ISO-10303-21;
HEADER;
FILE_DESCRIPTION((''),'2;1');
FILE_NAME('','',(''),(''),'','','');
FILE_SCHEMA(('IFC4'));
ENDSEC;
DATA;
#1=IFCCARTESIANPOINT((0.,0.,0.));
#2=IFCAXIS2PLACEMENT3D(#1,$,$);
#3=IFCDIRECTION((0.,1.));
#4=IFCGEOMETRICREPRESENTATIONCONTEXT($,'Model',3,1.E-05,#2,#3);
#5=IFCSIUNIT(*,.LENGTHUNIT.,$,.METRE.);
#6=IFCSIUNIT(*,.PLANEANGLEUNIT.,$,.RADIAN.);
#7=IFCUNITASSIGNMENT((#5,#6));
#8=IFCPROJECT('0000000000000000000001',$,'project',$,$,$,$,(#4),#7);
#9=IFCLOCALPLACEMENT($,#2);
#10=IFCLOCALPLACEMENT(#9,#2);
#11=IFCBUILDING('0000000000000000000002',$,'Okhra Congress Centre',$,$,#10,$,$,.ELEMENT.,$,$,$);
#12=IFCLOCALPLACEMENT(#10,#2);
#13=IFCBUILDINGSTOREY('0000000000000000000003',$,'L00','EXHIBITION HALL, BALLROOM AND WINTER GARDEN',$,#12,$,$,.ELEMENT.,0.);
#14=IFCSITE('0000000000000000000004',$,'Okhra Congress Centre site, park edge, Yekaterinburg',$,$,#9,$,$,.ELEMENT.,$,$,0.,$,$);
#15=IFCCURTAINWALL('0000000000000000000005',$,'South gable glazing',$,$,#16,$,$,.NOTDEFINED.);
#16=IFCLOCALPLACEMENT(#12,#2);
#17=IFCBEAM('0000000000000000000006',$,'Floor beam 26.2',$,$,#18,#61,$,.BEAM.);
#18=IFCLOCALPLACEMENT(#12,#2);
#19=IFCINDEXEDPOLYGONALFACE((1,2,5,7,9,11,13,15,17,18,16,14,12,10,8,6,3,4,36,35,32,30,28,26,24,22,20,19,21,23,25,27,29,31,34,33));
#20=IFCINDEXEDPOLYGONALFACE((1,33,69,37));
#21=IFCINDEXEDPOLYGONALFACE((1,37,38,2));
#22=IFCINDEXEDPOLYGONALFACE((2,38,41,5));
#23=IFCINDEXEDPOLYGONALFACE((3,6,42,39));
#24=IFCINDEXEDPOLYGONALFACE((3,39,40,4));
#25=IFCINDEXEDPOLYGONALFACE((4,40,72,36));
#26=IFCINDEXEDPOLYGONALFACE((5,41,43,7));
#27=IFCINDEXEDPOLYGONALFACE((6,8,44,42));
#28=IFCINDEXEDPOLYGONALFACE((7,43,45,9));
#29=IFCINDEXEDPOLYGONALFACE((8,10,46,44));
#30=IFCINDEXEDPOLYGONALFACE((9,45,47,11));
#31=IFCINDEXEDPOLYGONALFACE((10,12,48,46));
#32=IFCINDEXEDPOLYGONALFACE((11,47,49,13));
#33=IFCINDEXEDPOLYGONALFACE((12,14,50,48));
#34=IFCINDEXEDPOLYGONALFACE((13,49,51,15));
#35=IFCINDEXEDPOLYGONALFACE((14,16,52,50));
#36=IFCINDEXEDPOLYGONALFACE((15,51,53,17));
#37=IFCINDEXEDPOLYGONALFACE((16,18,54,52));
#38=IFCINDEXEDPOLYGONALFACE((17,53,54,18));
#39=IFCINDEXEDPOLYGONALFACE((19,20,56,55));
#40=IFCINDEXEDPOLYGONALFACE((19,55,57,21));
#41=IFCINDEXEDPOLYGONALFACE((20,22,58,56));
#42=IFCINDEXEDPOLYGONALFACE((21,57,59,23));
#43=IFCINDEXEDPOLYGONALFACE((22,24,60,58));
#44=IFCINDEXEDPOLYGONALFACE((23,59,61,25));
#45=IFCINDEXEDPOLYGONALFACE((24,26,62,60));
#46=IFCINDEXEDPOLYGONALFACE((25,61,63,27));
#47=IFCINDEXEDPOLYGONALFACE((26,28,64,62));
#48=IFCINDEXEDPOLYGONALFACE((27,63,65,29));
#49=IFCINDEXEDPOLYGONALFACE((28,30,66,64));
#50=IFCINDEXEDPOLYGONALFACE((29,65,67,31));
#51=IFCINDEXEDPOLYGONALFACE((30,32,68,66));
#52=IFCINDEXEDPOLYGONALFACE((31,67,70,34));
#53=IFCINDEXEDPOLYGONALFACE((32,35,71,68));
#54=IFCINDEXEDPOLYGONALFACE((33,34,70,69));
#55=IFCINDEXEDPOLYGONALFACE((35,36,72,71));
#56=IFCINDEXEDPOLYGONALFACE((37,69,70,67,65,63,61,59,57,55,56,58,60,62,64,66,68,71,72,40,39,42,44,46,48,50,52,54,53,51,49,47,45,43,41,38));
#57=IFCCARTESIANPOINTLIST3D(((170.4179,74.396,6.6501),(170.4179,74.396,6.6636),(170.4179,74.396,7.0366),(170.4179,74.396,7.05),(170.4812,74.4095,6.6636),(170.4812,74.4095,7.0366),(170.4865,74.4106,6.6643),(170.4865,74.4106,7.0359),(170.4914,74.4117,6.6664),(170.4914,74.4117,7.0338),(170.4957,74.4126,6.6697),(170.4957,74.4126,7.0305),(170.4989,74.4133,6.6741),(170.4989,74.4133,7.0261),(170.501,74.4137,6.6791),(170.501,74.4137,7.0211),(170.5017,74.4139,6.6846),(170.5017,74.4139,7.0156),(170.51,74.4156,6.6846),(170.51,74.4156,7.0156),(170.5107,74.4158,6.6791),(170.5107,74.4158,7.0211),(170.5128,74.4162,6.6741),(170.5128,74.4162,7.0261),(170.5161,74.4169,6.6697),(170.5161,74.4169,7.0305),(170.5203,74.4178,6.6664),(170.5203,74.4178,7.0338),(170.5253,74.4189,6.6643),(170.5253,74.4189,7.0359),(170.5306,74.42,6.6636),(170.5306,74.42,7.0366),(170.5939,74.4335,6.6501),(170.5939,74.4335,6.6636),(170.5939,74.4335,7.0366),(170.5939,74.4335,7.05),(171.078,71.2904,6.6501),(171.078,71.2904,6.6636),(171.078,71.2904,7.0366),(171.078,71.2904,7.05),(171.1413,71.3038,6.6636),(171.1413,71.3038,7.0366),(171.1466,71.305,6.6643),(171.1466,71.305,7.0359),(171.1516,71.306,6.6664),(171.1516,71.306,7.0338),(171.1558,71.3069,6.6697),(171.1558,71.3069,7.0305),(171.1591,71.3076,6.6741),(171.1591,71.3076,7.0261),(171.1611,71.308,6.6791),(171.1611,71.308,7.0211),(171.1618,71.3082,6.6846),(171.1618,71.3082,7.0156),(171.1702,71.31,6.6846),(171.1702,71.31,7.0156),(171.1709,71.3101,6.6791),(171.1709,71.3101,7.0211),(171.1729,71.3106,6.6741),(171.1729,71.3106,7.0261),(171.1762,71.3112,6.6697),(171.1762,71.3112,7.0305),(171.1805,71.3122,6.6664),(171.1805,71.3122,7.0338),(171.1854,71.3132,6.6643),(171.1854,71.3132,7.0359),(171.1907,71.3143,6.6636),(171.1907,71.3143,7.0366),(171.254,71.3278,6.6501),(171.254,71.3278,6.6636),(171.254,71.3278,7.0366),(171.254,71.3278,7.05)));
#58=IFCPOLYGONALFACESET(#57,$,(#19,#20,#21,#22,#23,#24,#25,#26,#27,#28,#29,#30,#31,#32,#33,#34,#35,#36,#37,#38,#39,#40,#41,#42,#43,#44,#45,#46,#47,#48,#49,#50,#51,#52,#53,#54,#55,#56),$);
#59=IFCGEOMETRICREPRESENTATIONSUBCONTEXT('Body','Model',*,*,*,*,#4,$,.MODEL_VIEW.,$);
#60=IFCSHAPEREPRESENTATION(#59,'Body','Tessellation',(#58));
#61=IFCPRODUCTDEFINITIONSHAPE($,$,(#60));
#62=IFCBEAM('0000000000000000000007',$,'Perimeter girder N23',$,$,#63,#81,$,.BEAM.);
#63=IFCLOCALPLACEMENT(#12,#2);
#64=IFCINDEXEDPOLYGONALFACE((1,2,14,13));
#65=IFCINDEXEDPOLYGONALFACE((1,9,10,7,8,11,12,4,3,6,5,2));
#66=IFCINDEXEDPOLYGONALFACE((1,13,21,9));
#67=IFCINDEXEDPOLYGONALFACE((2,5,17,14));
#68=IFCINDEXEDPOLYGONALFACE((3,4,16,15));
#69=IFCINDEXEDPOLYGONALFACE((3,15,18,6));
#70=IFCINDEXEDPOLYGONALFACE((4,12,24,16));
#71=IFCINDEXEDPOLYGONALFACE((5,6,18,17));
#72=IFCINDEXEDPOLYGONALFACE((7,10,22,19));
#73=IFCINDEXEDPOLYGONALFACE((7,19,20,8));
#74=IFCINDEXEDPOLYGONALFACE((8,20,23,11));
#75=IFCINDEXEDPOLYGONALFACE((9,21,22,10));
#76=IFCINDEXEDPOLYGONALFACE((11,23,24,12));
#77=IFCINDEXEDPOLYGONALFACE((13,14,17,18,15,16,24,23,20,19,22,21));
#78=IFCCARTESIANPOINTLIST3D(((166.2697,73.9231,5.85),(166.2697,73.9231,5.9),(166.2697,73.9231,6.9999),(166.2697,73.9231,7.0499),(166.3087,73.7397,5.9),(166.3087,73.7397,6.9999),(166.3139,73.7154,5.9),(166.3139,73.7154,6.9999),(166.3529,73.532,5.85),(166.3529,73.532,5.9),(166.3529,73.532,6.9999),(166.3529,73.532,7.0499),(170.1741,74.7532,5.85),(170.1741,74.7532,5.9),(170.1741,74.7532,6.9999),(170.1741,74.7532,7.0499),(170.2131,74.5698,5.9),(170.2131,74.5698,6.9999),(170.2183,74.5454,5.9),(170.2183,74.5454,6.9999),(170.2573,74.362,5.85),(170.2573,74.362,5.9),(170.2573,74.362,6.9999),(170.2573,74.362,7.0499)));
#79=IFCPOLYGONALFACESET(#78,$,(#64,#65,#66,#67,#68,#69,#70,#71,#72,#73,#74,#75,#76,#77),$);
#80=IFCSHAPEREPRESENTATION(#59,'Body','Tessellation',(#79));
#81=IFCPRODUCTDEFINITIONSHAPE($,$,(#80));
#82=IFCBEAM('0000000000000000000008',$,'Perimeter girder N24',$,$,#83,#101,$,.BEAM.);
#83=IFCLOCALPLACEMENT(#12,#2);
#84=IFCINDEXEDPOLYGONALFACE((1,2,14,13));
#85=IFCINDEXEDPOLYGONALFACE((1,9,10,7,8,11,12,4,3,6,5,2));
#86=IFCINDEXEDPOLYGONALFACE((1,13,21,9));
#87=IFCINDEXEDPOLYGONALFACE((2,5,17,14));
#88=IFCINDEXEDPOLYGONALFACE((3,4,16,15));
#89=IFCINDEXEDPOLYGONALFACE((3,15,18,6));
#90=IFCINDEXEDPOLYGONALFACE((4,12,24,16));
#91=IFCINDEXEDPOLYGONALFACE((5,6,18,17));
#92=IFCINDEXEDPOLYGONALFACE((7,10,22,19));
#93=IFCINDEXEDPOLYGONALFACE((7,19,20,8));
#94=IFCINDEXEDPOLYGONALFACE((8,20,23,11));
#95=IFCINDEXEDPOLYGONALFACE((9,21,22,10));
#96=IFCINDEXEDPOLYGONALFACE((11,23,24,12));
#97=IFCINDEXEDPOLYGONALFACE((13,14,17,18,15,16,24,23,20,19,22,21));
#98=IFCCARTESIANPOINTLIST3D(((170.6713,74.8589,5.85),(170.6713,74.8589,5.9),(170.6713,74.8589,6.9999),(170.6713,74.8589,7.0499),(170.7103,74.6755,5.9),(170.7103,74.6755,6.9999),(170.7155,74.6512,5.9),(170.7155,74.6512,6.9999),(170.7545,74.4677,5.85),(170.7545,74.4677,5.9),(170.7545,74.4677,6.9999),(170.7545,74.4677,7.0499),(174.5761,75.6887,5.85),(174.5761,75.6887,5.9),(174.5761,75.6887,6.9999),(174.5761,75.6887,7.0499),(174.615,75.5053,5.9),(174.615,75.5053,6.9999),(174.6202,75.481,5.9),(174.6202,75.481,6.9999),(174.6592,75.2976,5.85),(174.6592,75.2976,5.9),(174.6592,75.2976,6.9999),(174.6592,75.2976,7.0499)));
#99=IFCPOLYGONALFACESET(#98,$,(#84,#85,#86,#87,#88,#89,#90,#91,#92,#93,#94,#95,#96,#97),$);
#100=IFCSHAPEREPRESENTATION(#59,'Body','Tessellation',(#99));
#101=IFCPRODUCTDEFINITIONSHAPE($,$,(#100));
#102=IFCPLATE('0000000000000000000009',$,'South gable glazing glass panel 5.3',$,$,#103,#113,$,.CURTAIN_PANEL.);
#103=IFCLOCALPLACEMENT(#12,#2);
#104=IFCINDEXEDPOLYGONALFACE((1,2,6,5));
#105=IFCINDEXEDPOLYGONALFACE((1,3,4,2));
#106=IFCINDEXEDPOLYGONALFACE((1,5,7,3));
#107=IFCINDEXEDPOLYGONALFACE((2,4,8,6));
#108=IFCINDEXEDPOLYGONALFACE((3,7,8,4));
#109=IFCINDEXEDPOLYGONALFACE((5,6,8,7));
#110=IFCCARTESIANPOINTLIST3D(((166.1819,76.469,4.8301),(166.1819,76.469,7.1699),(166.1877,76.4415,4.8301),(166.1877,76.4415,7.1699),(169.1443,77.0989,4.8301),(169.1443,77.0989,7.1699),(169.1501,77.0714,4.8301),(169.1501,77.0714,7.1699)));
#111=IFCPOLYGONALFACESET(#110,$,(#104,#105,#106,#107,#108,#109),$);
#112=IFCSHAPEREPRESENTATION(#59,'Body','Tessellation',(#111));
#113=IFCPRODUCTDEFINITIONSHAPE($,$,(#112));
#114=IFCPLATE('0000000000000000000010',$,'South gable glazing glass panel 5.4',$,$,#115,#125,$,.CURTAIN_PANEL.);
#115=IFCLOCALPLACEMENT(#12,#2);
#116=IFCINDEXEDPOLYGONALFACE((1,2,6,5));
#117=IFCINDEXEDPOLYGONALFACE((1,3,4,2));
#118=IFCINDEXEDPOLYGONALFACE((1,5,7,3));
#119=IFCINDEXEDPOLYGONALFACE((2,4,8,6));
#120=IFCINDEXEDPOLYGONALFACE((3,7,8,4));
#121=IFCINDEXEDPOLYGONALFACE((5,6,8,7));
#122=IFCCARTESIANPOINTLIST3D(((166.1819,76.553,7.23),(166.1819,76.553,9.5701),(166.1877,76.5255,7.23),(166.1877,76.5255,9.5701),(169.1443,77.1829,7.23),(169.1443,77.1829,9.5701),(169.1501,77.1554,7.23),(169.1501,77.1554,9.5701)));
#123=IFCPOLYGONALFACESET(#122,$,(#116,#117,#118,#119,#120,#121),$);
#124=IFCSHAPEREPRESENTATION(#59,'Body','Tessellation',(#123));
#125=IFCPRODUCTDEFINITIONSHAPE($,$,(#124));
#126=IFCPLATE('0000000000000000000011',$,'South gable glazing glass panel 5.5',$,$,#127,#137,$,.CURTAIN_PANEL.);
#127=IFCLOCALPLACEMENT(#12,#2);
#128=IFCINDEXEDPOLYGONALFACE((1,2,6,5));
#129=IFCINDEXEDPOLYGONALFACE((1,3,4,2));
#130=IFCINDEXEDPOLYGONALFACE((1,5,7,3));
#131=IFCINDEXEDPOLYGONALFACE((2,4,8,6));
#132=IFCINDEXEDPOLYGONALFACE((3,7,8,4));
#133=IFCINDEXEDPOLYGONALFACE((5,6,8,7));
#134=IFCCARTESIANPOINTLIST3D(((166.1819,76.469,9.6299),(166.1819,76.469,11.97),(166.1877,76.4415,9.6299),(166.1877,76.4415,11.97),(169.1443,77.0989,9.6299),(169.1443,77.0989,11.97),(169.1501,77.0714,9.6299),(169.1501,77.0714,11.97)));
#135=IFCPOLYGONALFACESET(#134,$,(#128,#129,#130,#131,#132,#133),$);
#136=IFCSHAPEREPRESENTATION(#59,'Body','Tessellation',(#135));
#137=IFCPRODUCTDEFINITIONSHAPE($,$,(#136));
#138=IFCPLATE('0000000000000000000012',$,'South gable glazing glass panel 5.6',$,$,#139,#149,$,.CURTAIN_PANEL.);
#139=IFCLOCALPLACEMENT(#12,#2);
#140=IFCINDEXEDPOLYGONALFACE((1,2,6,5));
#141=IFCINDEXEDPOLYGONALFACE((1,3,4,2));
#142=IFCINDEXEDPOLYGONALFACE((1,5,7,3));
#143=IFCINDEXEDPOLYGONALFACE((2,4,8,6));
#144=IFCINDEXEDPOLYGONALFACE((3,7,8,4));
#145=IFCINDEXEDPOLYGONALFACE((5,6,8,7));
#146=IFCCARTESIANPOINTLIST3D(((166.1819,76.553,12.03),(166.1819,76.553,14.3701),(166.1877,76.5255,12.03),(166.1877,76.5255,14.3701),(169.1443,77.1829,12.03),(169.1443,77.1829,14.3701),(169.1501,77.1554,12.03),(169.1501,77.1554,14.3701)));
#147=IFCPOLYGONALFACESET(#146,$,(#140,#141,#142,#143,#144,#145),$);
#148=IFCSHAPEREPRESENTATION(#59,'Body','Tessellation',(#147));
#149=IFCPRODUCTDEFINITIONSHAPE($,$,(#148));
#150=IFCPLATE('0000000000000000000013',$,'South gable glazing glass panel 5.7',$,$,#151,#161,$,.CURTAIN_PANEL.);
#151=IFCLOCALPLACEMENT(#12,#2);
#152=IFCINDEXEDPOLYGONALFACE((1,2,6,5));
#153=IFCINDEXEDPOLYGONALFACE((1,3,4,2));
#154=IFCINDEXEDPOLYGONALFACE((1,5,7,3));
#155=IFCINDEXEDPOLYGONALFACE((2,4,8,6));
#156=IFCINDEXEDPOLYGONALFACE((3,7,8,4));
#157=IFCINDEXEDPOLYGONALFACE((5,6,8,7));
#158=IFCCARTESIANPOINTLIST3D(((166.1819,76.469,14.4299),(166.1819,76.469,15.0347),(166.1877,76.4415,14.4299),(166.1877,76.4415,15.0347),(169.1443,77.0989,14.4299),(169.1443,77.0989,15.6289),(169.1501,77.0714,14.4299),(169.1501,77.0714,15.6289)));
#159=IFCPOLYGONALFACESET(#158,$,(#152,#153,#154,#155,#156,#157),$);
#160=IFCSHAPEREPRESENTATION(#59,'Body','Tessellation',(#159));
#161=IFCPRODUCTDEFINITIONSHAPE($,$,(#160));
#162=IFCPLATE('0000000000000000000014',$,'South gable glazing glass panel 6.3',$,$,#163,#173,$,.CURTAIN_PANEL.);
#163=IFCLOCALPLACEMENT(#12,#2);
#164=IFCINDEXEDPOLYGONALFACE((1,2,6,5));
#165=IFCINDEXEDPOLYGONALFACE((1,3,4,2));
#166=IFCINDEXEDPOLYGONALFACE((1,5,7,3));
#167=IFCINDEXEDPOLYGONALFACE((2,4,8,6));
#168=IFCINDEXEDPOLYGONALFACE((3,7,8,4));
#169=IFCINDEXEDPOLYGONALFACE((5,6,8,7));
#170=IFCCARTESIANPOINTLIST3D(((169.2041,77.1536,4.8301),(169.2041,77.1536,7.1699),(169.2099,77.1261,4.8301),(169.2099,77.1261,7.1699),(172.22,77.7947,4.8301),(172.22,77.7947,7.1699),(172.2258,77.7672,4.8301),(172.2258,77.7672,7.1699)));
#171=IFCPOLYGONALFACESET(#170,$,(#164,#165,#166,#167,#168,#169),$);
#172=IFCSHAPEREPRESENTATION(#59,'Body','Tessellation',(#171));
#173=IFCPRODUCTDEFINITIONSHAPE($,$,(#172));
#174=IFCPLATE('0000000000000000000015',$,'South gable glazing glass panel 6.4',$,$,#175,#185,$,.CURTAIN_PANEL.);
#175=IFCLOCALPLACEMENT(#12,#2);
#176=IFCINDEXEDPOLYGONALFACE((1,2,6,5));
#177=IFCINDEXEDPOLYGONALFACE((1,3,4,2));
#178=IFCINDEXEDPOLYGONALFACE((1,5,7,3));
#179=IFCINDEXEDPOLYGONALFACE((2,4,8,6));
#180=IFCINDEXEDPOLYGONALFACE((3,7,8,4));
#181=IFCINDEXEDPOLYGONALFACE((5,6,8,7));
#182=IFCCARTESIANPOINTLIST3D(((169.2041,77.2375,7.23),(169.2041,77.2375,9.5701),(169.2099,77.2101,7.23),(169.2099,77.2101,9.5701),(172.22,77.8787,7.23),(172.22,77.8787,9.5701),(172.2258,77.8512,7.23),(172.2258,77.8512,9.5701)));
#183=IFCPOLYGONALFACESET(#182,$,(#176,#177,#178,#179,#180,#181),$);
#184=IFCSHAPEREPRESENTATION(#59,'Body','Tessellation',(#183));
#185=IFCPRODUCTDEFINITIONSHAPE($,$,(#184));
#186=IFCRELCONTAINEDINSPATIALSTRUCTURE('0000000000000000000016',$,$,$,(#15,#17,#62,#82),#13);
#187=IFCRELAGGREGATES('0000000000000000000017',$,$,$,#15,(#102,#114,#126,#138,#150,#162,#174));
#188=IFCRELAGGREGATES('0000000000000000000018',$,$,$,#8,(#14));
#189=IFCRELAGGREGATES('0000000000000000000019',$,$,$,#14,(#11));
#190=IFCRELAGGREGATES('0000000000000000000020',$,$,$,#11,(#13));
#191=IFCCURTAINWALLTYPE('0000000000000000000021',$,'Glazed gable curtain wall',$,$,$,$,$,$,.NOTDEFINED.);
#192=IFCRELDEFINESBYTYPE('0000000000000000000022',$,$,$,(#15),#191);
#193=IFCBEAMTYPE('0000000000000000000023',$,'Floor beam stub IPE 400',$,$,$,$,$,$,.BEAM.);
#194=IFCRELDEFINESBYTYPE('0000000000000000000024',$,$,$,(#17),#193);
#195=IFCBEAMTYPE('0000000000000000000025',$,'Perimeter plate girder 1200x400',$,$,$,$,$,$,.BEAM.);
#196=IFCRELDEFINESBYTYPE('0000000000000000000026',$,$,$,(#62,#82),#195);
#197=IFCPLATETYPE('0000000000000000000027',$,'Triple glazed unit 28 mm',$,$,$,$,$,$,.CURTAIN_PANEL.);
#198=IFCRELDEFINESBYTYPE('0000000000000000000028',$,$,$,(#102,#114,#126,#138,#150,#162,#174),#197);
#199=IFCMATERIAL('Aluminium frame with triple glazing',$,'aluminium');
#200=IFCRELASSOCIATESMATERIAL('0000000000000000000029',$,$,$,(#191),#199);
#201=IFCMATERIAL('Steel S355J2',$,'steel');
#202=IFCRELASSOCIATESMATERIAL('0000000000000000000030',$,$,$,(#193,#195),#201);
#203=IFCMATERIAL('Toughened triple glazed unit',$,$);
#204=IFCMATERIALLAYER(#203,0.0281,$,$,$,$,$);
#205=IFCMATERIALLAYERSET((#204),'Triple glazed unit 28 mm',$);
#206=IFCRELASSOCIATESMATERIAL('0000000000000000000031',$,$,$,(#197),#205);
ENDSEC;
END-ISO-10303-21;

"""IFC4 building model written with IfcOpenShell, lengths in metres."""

from ifc_helpers import new_model, si_unit, direction, frame, origin, origin_2d, place, context, subcontext, project, spatial, polyline, i_section, outline, extrude, material, layer, layer_set, material_profile, profile_set, type_object, element, aggregate, save


model = new_model("IFC4")

# Units and contexts
model_context = context("Model", 3, precision=1e-05, world=origin(), true_north=direction((0.0, 1.0)))
body_context = subcontext(model_context, "Body", "Model", "MODEL_VIEW")
ifc_project = project(units=[si_unit("LENGTHUNIT", "METRE"), si_unit("PLANEANGLEUNIT", "RADIAN")], contexts=[model_context])

# Site, building, storey
site_placement = place(None, origin())
site = spatial("IfcSite", under=ifc_project, at=site_placement, Name="Okhra Congress Centre site, park edge, Yekaterinburg", CompositionType="ELEMENT", RefElevation=0.0)
building_placement = place(site_placement, origin())
building = spatial("IfcBuilding", under=site, at=building_placement, Name="Okhra Congress Centre", CompositionType="ELEMENT")
storey_placement = place(building_placement, origin())
storey = spatial("IfcBuildingStorey", under=building, at=storey_placement, Name="L00", Description="EXHIBITION HALL, BALLROOM AND WINTER GARDEN", CompositionType="ELEMENT", Elevation=0.0)

# Curtain wall
ifc_material_1 = material(Name="Aluminium frame with triple glazing", Category="aluminium")
curtain_wall_type = type_object("IfcCurtainWallType", Name="Glazed gable curtain wall", PredefinedType="NOTDEFINED", material=ifc_material_1)
curtain_wall_placement = place(storey_placement, origin())
curtain_wall = element("IfcCurtainWall", 1, at=curtain_wall_placement, inside=storey, type_object=curtain_wall_type, Name="South gable glazing", PredefinedType="NOTDEFINED")

# Beams
ifc_material_2 = material(Name="Steel S355J2", Category="steel")
ifc_material_profile_1 = material_profile(ifc_material_2, i_section(OverallWidth=0.1799, OverallDepth=0.3999, WebThickness=0.0085, FlangeThickness=0.0134, FilletRadius=0.021, at=origin_2d()), Name="IPE 400")
ifc_profile_set_1 = profile_set([ifc_material_profile_1], Name="Steel S355J2")
beam_type_1 = type_object("IfcBeamType", Name="Floor beam stub IPE 400", PredefinedType="BEAM", material=ifc_profile_set_1)
for number, where, z_axis, x_axis, name in (
    (2, (171.166, 71.3091, 6.8501), (-0.207917, 0.978147, 0.0), (-0.978147, -0.207917, 0.0), "Floor beam 26.2"),
):
    element("IfcBeam", number, at=place(storey_placement, frame(where, z_axis=z_axis, x_axis=x_axis)), inside=storey, type_object=beam_type_1, Name=name, PredefinedType="BEAM", context=body_context, shape_type="SweptSolid", body=[
        extrude(i_section(OverallWidth=0.1799, OverallDepth=0.3999, WebThickness=0.0085, FlangeThickness=0.0134, FilletRadius=0.021, at=origin_2d()), origin(), (0.0, 0.0, 1.0), 3.175),
    ])
ifc_material_profile_2 = material_profile(ifc_material_2, i_section(OverallWidth=0.3999, OverallDepth=1.2, WebThickness=0.0249, FlangeThickness=0.05, at=origin_2d()), Name="Plate girder 1200x400")
ifc_profile_set_2 = profile_set([ifc_material_profile_2], Name="Steel S355J2")
beam_type_2 = type_object("IfcBeamType", Name="Perimeter plate girder 1200x400", PredefinedType="BEAM", material=ifc_profile_set_2)
beam_1_placement = place(storey_placement, frame((166.3113, 73.7275, 6.45), z_axis=(0.97814, 0.207946, 0.0), x_axis=(-0.207946, 0.97814, 0.0)))
element("IfcBeam", 3, at=beam_1_placement, inside=storey, type_object=beam_type_2, Name="Perimeter girder N23", PredefinedType="BEAM", context=body_context, shape_type="SweptSolid", body=[
    extrude(i_section(OverallWidth=0.3999, OverallDepth=1.2, WebThickness=0.0249, FlangeThickness=0.05, at=origin_2d()), origin(), (0.0, 0.0, 1.0), 3.9917),
])
beam_2_placement = place(storey_placement, frame((170.7129, 74.6633, 6.45), z_axis=(0.978155, 0.207875, 0.0), x_axis=(-0.207875, 0.978155, 0.0)))
element("IfcBeam", 4, at=beam_2_placement, inside=storey, type_object=beam_type_2, Name="Perimeter girder N24", PredefinedType="BEAM", context=body_context, shape_type="SweptSolid", body=[
    extrude(i_section(OverallWidth=0.3999, OverallDepth=1.2, WebThickness=0.0249, FlangeThickness=0.05, at=origin_2d()), origin(), (0.0, 0.0, 1.0), 3.9919),
])

# Plates
ifc_material_3 = material(Name="Toughened triple glazed unit")
ifc_layer_1 = layer(ifc_material_3, 0.0281)
ifc_layer_set_1 = layer_set([ifc_layer_1], Name="Triple glazed unit 28 mm")
plate_type = type_object("IfcPlateType", Name="Triple glazed unit 28 mm", PredefinedType="CURTAIN_PANEL", material=ifc_layer_set_1)
plate_1_placement = place(storey_placement, frame((169.1443, 77.0989, 4.8301), z_axis=(-0.207976, 0.978134, 0.0), x_axis=(-0.978134, -0.207976, 0.0)))
plate_1 = element("IfcPlate", 5, at=plate_1_placement, type_object=plate_type, Name="South gable glazing glass panel 5.3", PredefinedType="CURTAIN_PANEL", context=body_context, shape_type="SweptSolid", body=[
    extrude(outline(polyline([(0.0, 0.0), (3.0286, 0.0), (3.0286, 2.3398), (0.0, 2.3398), (0.0, 0.0)])), origin(), (0.0, 0.0, -1.0), 0.0281),
])
plate_2_placement = place(storey_placement, frame((169.1443, 77.1829, 7.23), z_axis=(-0.207976, 0.978134, 0.0), x_axis=(-0.978134, -0.207976, 0.0)))
plate_2 = element("IfcPlate", 6, at=plate_2_placement, type_object=plate_type, Name="South gable glazing glass panel 5.4", PredefinedType="CURTAIN_PANEL", context=body_context, shape_type="SweptSolid", body=[
    extrude(outline(polyline([(0.0, 0.0), (3.0286, 0.0), (3.0286, 2.3401), (0.0, 2.3401), (0.0, 0.0)])), origin(), (0.0, 0.0, -1.0), 0.0281),
])
plate_3_placement = place(storey_placement, frame((169.1443, 77.0989, 9.6299), z_axis=(-0.207976, 0.978134, 0.0), x_axis=(-0.978134, -0.207976, 0.0)))
plate_3 = element("IfcPlate", 7, at=plate_3_placement, type_object=plate_type, Name="South gable glazing glass panel 5.5", PredefinedType="CURTAIN_PANEL", context=body_context, shape_type="SweptSolid", body=[
    extrude(outline(polyline([(0.0, 0.0), (3.0286, 0.0), (3.0286, 2.3401), (0.0, 2.3401), (0.0, 0.0)])), origin(), (0.0, 0.0, -1.0), 0.0281),
])
plate_4_placement = place(storey_placement, frame((169.1443, 77.1829, 12.03), z_axis=(-0.207976, 0.978134, 0.0), x_axis=(-0.978134, -0.207976, 0.0)))
plate_4 = element("IfcPlate", 8, at=plate_4_placement, type_object=plate_type, Name="South gable glazing glass panel 5.6", PredefinedType="CURTAIN_PANEL", context=body_context, shape_type="SweptSolid", body=[
    extrude(outline(polyline([(0.0, 0.0), (3.0286, 0.0), (3.0286, 2.3401), (0.0, 2.3401), (0.0, 0.0)])), origin(), (0.0, 0.0, -1.0), 0.0281),
])
plate_5_placement = place(storey_placement, frame((169.1443, 77.0989, 14.4299), z_axis=(-0.207976, 0.978134, 0.0), x_axis=(-0.978134, -0.207976, 0.0)))
plate_5 = element("IfcPlate", 9, at=plate_5_placement, type_object=plate_type, Name="South gable glazing glass panel 5.7", PredefinedType="CURTAIN_PANEL", context=body_context, shape_type="SweptSolid", body=[
    extrude(outline(polyline([(0.0, 0.0), (3.0286, 0.0), (3.0286, 0.6047), (0.0, 1.199), (0.0, 0.0)])), origin(), (0.0, 0.0, -1.0), 0.0281),
])
plate_6_placement = place(storey_placement, frame((172.22, 77.7947, 4.8301), z_axis=(-0.207934, 0.978143, 0.0), x_axis=(-0.978143, -0.207934, 0.0)))
plate_6 = element("IfcPlate", 10, at=plate_6_placement, type_object=plate_type, Name="South gable glazing glass panel 6.3", PredefinedType="CURTAIN_PANEL", context=body_context, shape_type="SweptSolid", body=[
    extrude(outline(polyline([(0.0, 0.0), (3.0833, 0.0), (3.0833, 2.3398), (0.0, 2.3398), (0.0, 0.0)])), origin(), (0.0, 0.0, -1.0), 0.0281),
])
plate_7_placement = place(storey_placement, frame((172.22, 77.8787, 7.23), z_axis=(-0.207934, 0.978143, 0.0), x_axis=(-0.978143, -0.207934, 0.0)))
plate_7 = element("IfcPlate", 11, at=plate_7_placement, type_object=plate_type, Name="South gable glazing glass panel 6.4", PredefinedType="CURTAIN_PANEL", context=body_context, shape_type="SweptSolid", body=[
    extrude(outline(polyline([(0.0, 0.0), (3.0833, 0.0), (3.0833, 2.3401), (0.0, 2.3401), (0.0, 0.0)])), origin(), (0.0, 0.0, -1.0), 0.0281),
])
aggregate(curtain_wall, [plate_1, plate_2, plate_3, plate_4, plate_5, plate_6, plate_7])

save(model, "model.ifc")
